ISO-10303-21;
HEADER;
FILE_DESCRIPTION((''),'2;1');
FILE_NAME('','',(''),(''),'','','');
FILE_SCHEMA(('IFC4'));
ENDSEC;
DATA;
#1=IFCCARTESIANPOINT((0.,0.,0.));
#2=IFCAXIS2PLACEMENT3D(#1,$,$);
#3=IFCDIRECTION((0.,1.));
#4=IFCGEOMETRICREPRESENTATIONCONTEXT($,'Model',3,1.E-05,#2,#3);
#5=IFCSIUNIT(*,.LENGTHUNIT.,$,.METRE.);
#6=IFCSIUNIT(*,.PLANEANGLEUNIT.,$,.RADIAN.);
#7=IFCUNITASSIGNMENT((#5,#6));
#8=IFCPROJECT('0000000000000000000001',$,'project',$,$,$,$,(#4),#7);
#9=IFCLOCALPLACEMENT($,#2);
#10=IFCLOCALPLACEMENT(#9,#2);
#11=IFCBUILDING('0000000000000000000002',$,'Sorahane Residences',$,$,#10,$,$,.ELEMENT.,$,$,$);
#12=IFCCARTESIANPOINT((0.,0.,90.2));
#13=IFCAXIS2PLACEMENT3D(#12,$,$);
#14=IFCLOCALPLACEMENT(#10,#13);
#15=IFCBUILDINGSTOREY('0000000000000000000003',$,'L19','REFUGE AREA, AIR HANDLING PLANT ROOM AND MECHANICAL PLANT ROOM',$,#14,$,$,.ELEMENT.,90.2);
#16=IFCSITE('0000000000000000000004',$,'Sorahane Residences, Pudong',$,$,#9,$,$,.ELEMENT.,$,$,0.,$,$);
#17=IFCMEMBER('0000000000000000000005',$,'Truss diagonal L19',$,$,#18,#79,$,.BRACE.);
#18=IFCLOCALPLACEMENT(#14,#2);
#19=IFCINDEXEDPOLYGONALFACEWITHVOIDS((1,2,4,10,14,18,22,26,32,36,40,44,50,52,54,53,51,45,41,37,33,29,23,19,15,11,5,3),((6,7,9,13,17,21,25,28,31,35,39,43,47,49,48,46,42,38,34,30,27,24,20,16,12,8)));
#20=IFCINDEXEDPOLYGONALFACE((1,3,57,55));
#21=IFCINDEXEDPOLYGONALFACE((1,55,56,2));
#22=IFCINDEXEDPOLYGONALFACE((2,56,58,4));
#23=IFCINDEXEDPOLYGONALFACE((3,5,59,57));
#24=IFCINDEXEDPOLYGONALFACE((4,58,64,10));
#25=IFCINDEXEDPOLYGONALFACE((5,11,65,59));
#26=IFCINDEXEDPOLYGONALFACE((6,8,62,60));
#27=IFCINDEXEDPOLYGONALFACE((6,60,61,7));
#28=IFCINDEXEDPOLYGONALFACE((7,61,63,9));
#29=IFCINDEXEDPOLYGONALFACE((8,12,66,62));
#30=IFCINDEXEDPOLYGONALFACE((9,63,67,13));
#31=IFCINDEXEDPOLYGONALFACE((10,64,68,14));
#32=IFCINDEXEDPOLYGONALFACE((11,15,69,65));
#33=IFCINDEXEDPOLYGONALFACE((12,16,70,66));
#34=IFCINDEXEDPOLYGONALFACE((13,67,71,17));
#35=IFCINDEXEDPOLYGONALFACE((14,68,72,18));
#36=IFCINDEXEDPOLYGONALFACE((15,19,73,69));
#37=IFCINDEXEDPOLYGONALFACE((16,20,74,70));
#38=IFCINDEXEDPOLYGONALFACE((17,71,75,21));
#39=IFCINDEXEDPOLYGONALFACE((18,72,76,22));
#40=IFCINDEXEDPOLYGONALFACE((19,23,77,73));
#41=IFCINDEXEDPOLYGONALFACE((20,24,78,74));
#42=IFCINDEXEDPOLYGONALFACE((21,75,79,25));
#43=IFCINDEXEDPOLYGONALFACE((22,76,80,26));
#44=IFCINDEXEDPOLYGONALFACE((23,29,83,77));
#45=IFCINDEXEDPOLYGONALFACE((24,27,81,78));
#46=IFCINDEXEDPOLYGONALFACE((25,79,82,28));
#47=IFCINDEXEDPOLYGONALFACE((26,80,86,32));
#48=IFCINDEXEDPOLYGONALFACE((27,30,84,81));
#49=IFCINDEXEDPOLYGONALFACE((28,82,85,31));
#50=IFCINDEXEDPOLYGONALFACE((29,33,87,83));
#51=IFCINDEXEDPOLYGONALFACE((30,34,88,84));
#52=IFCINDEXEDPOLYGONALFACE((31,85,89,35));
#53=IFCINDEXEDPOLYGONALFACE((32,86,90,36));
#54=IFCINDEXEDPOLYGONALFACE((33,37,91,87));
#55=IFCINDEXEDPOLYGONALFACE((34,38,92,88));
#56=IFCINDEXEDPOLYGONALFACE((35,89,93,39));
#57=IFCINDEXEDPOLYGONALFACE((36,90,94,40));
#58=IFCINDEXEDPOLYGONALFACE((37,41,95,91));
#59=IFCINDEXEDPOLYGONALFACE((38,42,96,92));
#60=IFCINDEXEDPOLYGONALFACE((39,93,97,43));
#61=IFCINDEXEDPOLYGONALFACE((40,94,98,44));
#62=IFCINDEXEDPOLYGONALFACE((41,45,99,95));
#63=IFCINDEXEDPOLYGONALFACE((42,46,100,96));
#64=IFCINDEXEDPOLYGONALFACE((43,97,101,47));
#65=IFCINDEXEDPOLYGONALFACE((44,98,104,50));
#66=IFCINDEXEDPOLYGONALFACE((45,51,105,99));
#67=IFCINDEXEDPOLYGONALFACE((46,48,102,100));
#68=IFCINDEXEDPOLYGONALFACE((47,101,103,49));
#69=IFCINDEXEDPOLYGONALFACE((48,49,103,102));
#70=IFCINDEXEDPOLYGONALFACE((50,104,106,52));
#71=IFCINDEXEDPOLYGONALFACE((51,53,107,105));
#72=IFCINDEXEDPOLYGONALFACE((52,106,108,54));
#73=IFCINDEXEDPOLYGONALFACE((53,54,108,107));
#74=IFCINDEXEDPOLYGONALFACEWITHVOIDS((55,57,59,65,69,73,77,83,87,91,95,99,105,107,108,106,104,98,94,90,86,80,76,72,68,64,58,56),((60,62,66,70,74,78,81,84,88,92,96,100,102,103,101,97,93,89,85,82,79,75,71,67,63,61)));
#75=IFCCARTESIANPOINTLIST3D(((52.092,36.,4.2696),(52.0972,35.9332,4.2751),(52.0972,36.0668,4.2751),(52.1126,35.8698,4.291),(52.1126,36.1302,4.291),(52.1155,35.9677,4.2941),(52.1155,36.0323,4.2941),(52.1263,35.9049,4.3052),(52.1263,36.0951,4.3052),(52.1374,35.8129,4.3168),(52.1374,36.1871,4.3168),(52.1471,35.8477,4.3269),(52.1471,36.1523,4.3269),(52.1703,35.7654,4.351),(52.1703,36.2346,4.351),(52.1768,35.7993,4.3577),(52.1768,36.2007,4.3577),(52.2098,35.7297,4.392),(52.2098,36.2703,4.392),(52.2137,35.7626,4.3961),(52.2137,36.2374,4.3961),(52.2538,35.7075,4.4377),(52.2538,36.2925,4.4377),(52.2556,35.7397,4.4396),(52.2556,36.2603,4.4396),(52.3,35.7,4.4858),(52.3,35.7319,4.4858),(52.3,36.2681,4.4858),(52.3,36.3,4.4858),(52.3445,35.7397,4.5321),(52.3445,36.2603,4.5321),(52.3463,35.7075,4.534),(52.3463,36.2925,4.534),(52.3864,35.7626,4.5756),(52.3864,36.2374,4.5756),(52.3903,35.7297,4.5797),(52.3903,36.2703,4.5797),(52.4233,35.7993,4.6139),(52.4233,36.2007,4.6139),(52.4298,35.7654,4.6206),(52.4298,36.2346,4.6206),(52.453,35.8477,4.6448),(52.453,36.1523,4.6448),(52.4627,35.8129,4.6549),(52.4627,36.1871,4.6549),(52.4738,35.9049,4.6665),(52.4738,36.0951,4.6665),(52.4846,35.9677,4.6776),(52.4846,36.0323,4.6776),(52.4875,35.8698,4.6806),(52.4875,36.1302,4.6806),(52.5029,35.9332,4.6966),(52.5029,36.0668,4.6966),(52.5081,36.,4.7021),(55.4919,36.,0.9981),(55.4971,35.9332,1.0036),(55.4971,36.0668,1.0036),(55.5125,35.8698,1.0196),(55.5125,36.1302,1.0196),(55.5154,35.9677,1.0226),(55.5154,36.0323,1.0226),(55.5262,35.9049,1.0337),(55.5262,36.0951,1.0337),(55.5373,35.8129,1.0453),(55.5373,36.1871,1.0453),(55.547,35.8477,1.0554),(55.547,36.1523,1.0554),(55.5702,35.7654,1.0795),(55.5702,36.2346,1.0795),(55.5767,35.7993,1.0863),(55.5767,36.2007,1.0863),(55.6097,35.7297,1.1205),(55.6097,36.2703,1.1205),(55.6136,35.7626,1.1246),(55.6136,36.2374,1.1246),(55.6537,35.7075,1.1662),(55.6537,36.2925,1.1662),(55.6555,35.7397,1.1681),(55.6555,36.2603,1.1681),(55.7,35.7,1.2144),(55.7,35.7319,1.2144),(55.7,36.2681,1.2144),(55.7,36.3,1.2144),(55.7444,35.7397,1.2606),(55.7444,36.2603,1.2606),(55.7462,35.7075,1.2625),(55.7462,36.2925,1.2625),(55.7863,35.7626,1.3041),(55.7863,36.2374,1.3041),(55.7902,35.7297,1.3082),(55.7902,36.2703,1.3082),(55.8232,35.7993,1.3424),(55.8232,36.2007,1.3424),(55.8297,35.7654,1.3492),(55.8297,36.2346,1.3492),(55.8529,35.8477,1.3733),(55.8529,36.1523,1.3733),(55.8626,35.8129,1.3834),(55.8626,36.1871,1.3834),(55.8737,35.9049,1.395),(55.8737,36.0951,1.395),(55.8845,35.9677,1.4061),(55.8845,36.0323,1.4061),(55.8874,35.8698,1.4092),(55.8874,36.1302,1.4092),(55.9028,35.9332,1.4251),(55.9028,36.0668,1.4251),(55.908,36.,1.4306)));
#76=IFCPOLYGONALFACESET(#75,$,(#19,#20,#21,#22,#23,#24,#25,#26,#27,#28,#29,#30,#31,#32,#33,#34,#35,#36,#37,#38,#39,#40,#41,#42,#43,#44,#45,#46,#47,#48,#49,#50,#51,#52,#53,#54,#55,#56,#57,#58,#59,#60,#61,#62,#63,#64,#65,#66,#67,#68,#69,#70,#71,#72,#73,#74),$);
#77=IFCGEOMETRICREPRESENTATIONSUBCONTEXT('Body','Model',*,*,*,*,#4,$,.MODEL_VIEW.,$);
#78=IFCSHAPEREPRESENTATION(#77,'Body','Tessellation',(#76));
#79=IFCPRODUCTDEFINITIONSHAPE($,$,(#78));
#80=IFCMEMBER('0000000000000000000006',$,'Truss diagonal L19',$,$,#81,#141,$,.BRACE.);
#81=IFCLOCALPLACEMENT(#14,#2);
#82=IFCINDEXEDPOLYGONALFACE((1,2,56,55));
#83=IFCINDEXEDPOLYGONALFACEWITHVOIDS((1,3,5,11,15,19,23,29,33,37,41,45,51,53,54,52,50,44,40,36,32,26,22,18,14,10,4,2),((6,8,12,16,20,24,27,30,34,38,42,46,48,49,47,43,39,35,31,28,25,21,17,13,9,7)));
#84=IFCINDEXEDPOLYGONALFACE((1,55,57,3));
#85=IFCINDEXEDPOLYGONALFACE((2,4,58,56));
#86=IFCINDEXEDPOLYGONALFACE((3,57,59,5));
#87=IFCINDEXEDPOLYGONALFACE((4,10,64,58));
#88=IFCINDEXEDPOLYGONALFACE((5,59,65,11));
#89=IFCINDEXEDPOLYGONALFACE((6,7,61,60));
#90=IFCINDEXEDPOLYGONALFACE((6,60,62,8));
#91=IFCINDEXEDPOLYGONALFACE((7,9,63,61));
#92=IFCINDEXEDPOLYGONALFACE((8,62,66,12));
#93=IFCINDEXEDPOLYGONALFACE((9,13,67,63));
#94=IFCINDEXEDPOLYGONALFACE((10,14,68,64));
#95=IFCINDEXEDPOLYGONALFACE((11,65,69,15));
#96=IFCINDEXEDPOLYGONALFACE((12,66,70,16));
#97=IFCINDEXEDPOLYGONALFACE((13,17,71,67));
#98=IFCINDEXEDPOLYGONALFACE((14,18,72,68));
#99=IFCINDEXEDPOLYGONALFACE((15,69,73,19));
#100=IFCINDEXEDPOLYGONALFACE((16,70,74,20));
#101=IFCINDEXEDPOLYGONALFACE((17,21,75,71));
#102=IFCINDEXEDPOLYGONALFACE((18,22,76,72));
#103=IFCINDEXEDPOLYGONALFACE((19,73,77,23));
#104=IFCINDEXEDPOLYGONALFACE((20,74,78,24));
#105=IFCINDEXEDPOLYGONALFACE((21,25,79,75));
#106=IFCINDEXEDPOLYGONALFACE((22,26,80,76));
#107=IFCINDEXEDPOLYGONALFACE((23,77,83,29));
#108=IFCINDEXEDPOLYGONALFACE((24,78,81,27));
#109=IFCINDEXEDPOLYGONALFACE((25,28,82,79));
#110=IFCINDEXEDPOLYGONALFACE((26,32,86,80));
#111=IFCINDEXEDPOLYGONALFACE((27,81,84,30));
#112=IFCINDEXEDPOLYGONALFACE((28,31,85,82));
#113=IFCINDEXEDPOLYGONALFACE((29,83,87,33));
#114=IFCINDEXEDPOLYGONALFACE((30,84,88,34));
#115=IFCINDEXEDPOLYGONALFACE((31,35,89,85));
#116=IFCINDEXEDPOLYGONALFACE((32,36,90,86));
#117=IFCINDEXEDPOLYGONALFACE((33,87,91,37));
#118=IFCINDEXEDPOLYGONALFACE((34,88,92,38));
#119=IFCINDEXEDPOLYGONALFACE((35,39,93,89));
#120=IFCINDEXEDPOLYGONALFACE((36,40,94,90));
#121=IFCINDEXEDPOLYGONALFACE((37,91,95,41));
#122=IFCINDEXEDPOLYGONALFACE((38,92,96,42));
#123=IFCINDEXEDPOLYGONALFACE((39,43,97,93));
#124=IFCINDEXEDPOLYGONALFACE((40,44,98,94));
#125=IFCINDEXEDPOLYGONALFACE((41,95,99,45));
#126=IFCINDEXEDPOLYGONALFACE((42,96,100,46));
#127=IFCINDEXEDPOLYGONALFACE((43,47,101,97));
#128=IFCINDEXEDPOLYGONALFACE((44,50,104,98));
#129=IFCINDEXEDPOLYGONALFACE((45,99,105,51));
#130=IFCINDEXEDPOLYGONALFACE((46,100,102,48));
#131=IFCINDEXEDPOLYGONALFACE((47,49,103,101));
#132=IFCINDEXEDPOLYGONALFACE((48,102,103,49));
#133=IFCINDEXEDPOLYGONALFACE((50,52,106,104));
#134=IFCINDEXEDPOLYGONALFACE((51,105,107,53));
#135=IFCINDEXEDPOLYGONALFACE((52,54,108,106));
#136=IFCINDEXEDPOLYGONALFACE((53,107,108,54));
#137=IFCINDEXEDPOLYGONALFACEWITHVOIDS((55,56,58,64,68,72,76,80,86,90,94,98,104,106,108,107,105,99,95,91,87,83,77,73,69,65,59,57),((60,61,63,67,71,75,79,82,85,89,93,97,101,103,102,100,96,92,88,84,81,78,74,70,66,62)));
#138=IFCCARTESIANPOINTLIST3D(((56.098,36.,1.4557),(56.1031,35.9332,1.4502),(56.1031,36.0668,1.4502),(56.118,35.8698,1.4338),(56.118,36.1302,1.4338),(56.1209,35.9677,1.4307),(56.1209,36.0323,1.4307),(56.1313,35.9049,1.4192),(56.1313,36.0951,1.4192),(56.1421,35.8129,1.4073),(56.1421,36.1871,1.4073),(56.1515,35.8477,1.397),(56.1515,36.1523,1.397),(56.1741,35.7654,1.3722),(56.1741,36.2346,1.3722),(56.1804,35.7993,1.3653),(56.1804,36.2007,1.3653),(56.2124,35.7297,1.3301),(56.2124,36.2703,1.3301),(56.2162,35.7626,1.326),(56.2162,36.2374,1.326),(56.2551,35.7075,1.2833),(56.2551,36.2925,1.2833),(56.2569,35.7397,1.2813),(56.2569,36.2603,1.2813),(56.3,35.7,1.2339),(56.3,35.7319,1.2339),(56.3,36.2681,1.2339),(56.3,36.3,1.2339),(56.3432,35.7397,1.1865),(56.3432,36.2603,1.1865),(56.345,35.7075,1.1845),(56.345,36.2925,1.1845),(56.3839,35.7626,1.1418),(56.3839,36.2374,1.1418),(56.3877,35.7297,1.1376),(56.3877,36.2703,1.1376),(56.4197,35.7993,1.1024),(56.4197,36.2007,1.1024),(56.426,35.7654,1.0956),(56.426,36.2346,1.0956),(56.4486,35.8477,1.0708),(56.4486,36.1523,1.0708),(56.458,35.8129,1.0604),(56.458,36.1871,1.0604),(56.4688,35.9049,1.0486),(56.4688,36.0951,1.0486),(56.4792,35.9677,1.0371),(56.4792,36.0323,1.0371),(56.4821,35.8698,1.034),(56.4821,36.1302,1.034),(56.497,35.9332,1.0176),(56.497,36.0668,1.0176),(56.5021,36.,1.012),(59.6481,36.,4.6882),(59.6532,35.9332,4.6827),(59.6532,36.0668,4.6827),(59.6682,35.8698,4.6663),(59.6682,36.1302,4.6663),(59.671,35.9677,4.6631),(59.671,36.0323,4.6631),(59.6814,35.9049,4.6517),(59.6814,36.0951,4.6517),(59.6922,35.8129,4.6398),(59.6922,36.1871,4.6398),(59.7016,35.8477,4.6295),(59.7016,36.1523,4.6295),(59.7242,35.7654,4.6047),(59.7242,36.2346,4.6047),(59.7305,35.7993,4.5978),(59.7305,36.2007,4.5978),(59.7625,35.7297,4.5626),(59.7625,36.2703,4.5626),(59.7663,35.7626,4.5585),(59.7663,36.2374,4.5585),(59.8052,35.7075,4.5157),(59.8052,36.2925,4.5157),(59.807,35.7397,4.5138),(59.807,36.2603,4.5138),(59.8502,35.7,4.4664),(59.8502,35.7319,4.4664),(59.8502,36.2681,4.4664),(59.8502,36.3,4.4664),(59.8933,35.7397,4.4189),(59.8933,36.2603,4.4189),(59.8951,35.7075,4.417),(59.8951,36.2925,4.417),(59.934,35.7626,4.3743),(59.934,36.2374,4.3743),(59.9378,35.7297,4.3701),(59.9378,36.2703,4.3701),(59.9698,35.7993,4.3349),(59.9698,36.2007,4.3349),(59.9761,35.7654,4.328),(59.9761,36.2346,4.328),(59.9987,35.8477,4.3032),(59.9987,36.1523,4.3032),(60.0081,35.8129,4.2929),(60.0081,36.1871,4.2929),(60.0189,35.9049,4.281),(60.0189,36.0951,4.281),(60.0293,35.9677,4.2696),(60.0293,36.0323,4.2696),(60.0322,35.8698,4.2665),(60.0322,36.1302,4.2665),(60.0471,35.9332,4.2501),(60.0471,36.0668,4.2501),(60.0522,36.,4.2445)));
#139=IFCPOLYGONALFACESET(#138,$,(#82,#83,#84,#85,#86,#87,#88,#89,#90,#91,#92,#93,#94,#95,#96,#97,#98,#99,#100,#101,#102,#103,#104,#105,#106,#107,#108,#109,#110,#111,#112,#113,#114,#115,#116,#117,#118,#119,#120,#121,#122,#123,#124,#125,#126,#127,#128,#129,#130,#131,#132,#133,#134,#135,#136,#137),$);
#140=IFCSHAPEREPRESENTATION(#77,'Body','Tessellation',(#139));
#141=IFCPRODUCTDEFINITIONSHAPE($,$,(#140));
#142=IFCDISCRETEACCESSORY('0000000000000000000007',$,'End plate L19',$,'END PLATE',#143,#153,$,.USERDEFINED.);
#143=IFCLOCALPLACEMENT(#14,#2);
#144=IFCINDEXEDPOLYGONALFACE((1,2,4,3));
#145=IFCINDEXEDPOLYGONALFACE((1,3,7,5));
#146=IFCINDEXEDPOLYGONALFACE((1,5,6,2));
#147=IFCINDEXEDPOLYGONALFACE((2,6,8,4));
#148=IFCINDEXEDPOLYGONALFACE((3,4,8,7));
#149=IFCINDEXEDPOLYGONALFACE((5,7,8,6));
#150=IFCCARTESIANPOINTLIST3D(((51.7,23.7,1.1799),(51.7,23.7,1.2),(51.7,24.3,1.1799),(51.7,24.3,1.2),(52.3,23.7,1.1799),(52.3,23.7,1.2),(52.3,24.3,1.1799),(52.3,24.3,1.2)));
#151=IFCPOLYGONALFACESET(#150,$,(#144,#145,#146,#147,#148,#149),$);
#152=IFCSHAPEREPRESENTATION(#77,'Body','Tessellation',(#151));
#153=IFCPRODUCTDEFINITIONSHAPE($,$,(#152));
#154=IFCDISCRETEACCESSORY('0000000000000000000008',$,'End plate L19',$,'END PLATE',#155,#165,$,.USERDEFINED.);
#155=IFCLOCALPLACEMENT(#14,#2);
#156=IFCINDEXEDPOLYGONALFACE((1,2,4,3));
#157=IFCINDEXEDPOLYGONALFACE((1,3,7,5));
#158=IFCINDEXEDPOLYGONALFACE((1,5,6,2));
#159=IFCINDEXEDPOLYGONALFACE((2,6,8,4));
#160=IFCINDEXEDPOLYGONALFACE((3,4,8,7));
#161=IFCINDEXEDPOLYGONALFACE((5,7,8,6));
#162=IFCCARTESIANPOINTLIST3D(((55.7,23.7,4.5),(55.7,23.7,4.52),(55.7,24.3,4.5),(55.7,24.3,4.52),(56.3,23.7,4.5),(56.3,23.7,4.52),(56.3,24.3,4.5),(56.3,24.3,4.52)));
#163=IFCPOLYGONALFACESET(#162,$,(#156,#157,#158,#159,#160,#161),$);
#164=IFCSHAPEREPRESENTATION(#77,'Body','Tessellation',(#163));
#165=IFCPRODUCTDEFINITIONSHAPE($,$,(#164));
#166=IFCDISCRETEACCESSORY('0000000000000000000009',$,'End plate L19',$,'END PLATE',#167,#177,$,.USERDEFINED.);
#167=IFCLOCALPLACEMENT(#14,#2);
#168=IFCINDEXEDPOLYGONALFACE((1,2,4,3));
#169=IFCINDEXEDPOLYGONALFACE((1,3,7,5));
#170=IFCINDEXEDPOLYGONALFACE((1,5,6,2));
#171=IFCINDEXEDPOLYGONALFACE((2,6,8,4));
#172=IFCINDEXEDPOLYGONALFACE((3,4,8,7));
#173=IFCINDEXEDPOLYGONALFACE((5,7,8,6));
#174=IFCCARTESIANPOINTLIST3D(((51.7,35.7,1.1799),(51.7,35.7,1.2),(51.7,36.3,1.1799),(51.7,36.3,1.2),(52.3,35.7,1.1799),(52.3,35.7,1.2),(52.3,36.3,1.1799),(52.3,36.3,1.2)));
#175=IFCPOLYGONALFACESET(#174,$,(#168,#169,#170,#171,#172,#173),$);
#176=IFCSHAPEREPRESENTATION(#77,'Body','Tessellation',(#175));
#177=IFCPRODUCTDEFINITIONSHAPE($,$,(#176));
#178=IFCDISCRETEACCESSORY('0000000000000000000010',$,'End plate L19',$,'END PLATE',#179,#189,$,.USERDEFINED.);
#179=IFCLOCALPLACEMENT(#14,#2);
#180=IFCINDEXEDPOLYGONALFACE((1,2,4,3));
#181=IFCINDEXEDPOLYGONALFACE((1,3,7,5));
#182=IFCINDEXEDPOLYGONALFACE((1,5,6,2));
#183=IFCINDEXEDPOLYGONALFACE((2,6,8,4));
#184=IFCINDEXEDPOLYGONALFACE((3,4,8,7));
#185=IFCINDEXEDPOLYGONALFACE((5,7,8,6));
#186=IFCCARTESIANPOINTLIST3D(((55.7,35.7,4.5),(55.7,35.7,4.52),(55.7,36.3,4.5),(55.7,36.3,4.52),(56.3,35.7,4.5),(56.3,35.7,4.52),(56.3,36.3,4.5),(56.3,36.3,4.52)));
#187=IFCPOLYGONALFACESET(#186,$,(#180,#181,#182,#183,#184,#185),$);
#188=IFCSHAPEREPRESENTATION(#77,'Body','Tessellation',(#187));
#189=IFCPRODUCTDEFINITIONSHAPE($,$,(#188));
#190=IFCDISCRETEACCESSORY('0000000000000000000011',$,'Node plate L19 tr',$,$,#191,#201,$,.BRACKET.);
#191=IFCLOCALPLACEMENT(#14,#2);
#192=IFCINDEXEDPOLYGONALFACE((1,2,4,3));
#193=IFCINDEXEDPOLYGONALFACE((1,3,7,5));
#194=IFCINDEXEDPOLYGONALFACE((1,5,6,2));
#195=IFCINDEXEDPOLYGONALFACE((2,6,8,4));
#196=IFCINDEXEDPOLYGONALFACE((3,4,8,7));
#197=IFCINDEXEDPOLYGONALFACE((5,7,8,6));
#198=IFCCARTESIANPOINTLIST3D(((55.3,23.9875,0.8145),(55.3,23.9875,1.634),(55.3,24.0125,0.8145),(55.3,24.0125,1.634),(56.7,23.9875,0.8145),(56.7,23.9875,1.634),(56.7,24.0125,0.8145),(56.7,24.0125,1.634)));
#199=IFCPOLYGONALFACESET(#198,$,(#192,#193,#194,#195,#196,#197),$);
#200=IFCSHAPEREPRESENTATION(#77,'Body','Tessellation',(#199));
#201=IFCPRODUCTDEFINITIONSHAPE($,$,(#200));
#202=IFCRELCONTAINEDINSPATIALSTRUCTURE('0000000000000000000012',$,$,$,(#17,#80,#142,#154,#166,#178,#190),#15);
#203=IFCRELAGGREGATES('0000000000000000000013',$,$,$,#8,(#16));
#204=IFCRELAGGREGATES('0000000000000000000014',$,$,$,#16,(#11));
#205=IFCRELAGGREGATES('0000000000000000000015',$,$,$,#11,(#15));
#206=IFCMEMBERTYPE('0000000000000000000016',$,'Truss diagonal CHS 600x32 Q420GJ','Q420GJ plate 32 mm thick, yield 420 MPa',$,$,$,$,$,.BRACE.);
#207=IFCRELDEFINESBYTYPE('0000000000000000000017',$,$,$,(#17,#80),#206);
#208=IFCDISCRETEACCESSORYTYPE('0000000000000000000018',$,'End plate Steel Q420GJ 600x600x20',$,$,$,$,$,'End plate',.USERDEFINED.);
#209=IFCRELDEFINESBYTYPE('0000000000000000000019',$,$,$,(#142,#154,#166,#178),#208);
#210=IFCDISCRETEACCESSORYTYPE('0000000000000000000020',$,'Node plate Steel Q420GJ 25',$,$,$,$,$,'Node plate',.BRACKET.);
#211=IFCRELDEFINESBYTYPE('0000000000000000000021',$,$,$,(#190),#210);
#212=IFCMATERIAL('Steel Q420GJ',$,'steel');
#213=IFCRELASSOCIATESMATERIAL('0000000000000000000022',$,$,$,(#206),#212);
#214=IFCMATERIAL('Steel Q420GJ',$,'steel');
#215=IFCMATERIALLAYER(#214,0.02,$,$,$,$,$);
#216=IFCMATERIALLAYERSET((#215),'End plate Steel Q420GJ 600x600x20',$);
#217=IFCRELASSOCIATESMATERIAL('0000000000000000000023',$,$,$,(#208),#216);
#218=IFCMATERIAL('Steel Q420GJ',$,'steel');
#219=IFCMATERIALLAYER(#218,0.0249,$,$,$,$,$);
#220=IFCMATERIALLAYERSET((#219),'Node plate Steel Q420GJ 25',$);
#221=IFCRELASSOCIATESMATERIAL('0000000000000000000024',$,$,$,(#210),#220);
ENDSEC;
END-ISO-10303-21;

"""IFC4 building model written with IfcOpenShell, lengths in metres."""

from ifc_helpers import new_model, si_unit, direction, frame, origin, origin_2d, place, context, subcontext, project, spatial, rectangle, hollow_circle, extrude, material, layer, layer_set, material_profile, profile_set, type_object, element, save


model = new_model("IFC4")

# Units and contexts
model_context = context("Model", 3, precision=1e-05, world=origin(), true_north=direction((0.0, 1.0)))
body_context = subcontext(model_context, "Body", "Model", "MODEL_VIEW")
ifc_project = project(units=[si_unit("LENGTHUNIT", "METRE"), si_unit("PLANEANGLEUNIT", "RADIAN")], contexts=[model_context])

# Site, building, storey
site_placement = place(None, origin())
site = spatial("IfcSite", under=ifc_project, at=site_placement, Name="Sorahane Residences, Pudong", CompositionType="ELEMENT", RefElevation=0.0)
building_placement = place(site_placement, origin())
building = spatial("IfcBuilding", under=site, at=building_placement, Name="Sorahane Residences", CompositionType="ELEMENT")
storey_placement = place(building_placement, frame((0.0, 0.0, 90.2)))
storey = spatial("IfcBuildingStorey", under=building, at=storey_placement, Name="L19", Description="REFUGE AREA, AIR HANDLING PLANT ROOM AND MECHANICAL PLANT ROOM", CompositionType="ELEMENT", Elevation=90.2)

# Members
ifc_material_1 = material(Name="Steel Q420GJ", Category="steel")
ifc_material_profile_1 = material_profile(ifc_material_1, hollow_circle(Radius=0.3, WallThickness=0.032, at=origin_2d()), Name="CHS 600x32")
ifc_profile_set_1 = profile_set([ifc_material_profile_1], Name="Steel Q420GJ")
member_type = type_object("IfcMemberType", Name="Truss diagonal CHS 600x32 Q420GJ", Description="Q420GJ plate 32 mm thick, yield 420 MPa", PredefinedType="BRACE", material=ifc_profile_set_1)
member_1_placement = place(storey_placement, frame((52.3, 36.0, 4.4858), z_axis=(0.720584, 0.0, -0.693367), x_axis=(0.0, 1.0, 0.0)))
element("IfcMember", 1, at=member_1_placement, inside=storey, type_object=member_type, Name="Truss diagonal L19", PredefinedType="BRACE", context=body_context, shape_type="SweptSolid", body=[
    extrude(hollow_circle(Radius=0.3, WallThickness=0.032, at=origin_2d()), origin(), (0.0, 0.0, 1.0), 4.7183),
])
member_2_placement = place(storey_placement, frame((56.3, 36.0, 1.2339), z_axis=(0.739411, 0.0, 0.673255), x_axis=(0.0, 1.0, 0.0)))
element("IfcMember", 2, at=member_2_placement, inside=storey, type_object=member_type, Name="Truss diagonal L19", PredefinedType="BRACE", context=body_context, shape_type="SweptSolid", body=[
    extrude(hollow_circle(Radius=0.3, WallThickness=0.032, at=origin_2d()), origin(), (0.0, 0.0, 1.0), 4.8013),
])

# Discrete accessories
ifc_material_2 = material(Name="Steel Q420GJ", Category="steel")
ifc_layer_1 = layer(ifc_material_2, 0.02)
ifc_layer_set_1 = layer_set([ifc_layer_1], Name="End plate Steel Q420GJ 600x600x20")
discrete_accessory_type_1 = type_object("IfcDiscreteAccessoryType", Name="End plate Steel Q420GJ 600x600x20", ElementType="End plate", PredefinedType="USERDEFINED", material=ifc_layer_set_1)
for number, where, z_axis, x_axis, name in (
    (3, (52.0, 24.0, 1.1799), (0.0, 0.0, 1.0), (1.0, 0.0, 0.0), "End plate L19"),
    (4, (56.0, 24.0, 4.5), (0.0, 0.0, 1.0), (1.0, 0.0, 0.0), "End plate L19"),
    (5, (52.0, 36.0, 1.1799), (0.0, 0.0, 1.0), (1.0, 0.0, 0.0), "End plate L19"),
    (6, (56.0, 36.0, 4.5), (0.0, 0.0, 1.0), (1.0, 0.0, 0.0), "End plate L19"),
):
    element("IfcDiscreteAccessory", number, at=place(storey_placement, frame(where, z_axis=z_axis, x_axis=x_axis)), inside=storey, type_object=discrete_accessory_type_1, Name=name, ObjectType="END PLATE", PredefinedType="USERDEFINED", context=body_context, shape_type="SweptSolid", body=[
        extrude(rectangle(XDim=0.6001, YDim=0.6001, at=origin_2d()), origin(), (0.0, 0.0, 1.0), 0.02),
    ])
ifc_material_3 = material(Name="Steel Q420GJ", Category="steel")
ifc_layer_2 = layer(ifc_material_3, 0.0249)
ifc_layer_set_2 = layer_set([ifc_layer_2], Name="Node plate Steel Q420GJ 25")
discrete_accessory_type_2 = type_object("IfcDiscreteAccessoryType", Name="Node plate Steel Q420GJ 25", ElementType="Node plate", PredefinedType="BRACKET", material=ifc_layer_set_2)
discrete_accessory_1_placement = place(storey_placement, frame((56.0, 24.0, 0.8145), z_axis=(0.0, 0.0, 1.0), x_axis=(1.0, 0.0, 0.0)))
element("IfcDiscreteAccessory", 7, at=discrete_accessory_1_placement, inside=storey, type_object=discrete_accessory_type_2, Name="Node plate L19 tr", PredefinedType="BRACKET", context=body_context, shape_type="SweptSolid", body=[
    extrude(rectangle(XDim=1.3999, YDim=0.0249, at=origin_2d()), origin(), (0.0, 0.0, 1.0), 0.8196),
])

save(model, "model.ifc")
